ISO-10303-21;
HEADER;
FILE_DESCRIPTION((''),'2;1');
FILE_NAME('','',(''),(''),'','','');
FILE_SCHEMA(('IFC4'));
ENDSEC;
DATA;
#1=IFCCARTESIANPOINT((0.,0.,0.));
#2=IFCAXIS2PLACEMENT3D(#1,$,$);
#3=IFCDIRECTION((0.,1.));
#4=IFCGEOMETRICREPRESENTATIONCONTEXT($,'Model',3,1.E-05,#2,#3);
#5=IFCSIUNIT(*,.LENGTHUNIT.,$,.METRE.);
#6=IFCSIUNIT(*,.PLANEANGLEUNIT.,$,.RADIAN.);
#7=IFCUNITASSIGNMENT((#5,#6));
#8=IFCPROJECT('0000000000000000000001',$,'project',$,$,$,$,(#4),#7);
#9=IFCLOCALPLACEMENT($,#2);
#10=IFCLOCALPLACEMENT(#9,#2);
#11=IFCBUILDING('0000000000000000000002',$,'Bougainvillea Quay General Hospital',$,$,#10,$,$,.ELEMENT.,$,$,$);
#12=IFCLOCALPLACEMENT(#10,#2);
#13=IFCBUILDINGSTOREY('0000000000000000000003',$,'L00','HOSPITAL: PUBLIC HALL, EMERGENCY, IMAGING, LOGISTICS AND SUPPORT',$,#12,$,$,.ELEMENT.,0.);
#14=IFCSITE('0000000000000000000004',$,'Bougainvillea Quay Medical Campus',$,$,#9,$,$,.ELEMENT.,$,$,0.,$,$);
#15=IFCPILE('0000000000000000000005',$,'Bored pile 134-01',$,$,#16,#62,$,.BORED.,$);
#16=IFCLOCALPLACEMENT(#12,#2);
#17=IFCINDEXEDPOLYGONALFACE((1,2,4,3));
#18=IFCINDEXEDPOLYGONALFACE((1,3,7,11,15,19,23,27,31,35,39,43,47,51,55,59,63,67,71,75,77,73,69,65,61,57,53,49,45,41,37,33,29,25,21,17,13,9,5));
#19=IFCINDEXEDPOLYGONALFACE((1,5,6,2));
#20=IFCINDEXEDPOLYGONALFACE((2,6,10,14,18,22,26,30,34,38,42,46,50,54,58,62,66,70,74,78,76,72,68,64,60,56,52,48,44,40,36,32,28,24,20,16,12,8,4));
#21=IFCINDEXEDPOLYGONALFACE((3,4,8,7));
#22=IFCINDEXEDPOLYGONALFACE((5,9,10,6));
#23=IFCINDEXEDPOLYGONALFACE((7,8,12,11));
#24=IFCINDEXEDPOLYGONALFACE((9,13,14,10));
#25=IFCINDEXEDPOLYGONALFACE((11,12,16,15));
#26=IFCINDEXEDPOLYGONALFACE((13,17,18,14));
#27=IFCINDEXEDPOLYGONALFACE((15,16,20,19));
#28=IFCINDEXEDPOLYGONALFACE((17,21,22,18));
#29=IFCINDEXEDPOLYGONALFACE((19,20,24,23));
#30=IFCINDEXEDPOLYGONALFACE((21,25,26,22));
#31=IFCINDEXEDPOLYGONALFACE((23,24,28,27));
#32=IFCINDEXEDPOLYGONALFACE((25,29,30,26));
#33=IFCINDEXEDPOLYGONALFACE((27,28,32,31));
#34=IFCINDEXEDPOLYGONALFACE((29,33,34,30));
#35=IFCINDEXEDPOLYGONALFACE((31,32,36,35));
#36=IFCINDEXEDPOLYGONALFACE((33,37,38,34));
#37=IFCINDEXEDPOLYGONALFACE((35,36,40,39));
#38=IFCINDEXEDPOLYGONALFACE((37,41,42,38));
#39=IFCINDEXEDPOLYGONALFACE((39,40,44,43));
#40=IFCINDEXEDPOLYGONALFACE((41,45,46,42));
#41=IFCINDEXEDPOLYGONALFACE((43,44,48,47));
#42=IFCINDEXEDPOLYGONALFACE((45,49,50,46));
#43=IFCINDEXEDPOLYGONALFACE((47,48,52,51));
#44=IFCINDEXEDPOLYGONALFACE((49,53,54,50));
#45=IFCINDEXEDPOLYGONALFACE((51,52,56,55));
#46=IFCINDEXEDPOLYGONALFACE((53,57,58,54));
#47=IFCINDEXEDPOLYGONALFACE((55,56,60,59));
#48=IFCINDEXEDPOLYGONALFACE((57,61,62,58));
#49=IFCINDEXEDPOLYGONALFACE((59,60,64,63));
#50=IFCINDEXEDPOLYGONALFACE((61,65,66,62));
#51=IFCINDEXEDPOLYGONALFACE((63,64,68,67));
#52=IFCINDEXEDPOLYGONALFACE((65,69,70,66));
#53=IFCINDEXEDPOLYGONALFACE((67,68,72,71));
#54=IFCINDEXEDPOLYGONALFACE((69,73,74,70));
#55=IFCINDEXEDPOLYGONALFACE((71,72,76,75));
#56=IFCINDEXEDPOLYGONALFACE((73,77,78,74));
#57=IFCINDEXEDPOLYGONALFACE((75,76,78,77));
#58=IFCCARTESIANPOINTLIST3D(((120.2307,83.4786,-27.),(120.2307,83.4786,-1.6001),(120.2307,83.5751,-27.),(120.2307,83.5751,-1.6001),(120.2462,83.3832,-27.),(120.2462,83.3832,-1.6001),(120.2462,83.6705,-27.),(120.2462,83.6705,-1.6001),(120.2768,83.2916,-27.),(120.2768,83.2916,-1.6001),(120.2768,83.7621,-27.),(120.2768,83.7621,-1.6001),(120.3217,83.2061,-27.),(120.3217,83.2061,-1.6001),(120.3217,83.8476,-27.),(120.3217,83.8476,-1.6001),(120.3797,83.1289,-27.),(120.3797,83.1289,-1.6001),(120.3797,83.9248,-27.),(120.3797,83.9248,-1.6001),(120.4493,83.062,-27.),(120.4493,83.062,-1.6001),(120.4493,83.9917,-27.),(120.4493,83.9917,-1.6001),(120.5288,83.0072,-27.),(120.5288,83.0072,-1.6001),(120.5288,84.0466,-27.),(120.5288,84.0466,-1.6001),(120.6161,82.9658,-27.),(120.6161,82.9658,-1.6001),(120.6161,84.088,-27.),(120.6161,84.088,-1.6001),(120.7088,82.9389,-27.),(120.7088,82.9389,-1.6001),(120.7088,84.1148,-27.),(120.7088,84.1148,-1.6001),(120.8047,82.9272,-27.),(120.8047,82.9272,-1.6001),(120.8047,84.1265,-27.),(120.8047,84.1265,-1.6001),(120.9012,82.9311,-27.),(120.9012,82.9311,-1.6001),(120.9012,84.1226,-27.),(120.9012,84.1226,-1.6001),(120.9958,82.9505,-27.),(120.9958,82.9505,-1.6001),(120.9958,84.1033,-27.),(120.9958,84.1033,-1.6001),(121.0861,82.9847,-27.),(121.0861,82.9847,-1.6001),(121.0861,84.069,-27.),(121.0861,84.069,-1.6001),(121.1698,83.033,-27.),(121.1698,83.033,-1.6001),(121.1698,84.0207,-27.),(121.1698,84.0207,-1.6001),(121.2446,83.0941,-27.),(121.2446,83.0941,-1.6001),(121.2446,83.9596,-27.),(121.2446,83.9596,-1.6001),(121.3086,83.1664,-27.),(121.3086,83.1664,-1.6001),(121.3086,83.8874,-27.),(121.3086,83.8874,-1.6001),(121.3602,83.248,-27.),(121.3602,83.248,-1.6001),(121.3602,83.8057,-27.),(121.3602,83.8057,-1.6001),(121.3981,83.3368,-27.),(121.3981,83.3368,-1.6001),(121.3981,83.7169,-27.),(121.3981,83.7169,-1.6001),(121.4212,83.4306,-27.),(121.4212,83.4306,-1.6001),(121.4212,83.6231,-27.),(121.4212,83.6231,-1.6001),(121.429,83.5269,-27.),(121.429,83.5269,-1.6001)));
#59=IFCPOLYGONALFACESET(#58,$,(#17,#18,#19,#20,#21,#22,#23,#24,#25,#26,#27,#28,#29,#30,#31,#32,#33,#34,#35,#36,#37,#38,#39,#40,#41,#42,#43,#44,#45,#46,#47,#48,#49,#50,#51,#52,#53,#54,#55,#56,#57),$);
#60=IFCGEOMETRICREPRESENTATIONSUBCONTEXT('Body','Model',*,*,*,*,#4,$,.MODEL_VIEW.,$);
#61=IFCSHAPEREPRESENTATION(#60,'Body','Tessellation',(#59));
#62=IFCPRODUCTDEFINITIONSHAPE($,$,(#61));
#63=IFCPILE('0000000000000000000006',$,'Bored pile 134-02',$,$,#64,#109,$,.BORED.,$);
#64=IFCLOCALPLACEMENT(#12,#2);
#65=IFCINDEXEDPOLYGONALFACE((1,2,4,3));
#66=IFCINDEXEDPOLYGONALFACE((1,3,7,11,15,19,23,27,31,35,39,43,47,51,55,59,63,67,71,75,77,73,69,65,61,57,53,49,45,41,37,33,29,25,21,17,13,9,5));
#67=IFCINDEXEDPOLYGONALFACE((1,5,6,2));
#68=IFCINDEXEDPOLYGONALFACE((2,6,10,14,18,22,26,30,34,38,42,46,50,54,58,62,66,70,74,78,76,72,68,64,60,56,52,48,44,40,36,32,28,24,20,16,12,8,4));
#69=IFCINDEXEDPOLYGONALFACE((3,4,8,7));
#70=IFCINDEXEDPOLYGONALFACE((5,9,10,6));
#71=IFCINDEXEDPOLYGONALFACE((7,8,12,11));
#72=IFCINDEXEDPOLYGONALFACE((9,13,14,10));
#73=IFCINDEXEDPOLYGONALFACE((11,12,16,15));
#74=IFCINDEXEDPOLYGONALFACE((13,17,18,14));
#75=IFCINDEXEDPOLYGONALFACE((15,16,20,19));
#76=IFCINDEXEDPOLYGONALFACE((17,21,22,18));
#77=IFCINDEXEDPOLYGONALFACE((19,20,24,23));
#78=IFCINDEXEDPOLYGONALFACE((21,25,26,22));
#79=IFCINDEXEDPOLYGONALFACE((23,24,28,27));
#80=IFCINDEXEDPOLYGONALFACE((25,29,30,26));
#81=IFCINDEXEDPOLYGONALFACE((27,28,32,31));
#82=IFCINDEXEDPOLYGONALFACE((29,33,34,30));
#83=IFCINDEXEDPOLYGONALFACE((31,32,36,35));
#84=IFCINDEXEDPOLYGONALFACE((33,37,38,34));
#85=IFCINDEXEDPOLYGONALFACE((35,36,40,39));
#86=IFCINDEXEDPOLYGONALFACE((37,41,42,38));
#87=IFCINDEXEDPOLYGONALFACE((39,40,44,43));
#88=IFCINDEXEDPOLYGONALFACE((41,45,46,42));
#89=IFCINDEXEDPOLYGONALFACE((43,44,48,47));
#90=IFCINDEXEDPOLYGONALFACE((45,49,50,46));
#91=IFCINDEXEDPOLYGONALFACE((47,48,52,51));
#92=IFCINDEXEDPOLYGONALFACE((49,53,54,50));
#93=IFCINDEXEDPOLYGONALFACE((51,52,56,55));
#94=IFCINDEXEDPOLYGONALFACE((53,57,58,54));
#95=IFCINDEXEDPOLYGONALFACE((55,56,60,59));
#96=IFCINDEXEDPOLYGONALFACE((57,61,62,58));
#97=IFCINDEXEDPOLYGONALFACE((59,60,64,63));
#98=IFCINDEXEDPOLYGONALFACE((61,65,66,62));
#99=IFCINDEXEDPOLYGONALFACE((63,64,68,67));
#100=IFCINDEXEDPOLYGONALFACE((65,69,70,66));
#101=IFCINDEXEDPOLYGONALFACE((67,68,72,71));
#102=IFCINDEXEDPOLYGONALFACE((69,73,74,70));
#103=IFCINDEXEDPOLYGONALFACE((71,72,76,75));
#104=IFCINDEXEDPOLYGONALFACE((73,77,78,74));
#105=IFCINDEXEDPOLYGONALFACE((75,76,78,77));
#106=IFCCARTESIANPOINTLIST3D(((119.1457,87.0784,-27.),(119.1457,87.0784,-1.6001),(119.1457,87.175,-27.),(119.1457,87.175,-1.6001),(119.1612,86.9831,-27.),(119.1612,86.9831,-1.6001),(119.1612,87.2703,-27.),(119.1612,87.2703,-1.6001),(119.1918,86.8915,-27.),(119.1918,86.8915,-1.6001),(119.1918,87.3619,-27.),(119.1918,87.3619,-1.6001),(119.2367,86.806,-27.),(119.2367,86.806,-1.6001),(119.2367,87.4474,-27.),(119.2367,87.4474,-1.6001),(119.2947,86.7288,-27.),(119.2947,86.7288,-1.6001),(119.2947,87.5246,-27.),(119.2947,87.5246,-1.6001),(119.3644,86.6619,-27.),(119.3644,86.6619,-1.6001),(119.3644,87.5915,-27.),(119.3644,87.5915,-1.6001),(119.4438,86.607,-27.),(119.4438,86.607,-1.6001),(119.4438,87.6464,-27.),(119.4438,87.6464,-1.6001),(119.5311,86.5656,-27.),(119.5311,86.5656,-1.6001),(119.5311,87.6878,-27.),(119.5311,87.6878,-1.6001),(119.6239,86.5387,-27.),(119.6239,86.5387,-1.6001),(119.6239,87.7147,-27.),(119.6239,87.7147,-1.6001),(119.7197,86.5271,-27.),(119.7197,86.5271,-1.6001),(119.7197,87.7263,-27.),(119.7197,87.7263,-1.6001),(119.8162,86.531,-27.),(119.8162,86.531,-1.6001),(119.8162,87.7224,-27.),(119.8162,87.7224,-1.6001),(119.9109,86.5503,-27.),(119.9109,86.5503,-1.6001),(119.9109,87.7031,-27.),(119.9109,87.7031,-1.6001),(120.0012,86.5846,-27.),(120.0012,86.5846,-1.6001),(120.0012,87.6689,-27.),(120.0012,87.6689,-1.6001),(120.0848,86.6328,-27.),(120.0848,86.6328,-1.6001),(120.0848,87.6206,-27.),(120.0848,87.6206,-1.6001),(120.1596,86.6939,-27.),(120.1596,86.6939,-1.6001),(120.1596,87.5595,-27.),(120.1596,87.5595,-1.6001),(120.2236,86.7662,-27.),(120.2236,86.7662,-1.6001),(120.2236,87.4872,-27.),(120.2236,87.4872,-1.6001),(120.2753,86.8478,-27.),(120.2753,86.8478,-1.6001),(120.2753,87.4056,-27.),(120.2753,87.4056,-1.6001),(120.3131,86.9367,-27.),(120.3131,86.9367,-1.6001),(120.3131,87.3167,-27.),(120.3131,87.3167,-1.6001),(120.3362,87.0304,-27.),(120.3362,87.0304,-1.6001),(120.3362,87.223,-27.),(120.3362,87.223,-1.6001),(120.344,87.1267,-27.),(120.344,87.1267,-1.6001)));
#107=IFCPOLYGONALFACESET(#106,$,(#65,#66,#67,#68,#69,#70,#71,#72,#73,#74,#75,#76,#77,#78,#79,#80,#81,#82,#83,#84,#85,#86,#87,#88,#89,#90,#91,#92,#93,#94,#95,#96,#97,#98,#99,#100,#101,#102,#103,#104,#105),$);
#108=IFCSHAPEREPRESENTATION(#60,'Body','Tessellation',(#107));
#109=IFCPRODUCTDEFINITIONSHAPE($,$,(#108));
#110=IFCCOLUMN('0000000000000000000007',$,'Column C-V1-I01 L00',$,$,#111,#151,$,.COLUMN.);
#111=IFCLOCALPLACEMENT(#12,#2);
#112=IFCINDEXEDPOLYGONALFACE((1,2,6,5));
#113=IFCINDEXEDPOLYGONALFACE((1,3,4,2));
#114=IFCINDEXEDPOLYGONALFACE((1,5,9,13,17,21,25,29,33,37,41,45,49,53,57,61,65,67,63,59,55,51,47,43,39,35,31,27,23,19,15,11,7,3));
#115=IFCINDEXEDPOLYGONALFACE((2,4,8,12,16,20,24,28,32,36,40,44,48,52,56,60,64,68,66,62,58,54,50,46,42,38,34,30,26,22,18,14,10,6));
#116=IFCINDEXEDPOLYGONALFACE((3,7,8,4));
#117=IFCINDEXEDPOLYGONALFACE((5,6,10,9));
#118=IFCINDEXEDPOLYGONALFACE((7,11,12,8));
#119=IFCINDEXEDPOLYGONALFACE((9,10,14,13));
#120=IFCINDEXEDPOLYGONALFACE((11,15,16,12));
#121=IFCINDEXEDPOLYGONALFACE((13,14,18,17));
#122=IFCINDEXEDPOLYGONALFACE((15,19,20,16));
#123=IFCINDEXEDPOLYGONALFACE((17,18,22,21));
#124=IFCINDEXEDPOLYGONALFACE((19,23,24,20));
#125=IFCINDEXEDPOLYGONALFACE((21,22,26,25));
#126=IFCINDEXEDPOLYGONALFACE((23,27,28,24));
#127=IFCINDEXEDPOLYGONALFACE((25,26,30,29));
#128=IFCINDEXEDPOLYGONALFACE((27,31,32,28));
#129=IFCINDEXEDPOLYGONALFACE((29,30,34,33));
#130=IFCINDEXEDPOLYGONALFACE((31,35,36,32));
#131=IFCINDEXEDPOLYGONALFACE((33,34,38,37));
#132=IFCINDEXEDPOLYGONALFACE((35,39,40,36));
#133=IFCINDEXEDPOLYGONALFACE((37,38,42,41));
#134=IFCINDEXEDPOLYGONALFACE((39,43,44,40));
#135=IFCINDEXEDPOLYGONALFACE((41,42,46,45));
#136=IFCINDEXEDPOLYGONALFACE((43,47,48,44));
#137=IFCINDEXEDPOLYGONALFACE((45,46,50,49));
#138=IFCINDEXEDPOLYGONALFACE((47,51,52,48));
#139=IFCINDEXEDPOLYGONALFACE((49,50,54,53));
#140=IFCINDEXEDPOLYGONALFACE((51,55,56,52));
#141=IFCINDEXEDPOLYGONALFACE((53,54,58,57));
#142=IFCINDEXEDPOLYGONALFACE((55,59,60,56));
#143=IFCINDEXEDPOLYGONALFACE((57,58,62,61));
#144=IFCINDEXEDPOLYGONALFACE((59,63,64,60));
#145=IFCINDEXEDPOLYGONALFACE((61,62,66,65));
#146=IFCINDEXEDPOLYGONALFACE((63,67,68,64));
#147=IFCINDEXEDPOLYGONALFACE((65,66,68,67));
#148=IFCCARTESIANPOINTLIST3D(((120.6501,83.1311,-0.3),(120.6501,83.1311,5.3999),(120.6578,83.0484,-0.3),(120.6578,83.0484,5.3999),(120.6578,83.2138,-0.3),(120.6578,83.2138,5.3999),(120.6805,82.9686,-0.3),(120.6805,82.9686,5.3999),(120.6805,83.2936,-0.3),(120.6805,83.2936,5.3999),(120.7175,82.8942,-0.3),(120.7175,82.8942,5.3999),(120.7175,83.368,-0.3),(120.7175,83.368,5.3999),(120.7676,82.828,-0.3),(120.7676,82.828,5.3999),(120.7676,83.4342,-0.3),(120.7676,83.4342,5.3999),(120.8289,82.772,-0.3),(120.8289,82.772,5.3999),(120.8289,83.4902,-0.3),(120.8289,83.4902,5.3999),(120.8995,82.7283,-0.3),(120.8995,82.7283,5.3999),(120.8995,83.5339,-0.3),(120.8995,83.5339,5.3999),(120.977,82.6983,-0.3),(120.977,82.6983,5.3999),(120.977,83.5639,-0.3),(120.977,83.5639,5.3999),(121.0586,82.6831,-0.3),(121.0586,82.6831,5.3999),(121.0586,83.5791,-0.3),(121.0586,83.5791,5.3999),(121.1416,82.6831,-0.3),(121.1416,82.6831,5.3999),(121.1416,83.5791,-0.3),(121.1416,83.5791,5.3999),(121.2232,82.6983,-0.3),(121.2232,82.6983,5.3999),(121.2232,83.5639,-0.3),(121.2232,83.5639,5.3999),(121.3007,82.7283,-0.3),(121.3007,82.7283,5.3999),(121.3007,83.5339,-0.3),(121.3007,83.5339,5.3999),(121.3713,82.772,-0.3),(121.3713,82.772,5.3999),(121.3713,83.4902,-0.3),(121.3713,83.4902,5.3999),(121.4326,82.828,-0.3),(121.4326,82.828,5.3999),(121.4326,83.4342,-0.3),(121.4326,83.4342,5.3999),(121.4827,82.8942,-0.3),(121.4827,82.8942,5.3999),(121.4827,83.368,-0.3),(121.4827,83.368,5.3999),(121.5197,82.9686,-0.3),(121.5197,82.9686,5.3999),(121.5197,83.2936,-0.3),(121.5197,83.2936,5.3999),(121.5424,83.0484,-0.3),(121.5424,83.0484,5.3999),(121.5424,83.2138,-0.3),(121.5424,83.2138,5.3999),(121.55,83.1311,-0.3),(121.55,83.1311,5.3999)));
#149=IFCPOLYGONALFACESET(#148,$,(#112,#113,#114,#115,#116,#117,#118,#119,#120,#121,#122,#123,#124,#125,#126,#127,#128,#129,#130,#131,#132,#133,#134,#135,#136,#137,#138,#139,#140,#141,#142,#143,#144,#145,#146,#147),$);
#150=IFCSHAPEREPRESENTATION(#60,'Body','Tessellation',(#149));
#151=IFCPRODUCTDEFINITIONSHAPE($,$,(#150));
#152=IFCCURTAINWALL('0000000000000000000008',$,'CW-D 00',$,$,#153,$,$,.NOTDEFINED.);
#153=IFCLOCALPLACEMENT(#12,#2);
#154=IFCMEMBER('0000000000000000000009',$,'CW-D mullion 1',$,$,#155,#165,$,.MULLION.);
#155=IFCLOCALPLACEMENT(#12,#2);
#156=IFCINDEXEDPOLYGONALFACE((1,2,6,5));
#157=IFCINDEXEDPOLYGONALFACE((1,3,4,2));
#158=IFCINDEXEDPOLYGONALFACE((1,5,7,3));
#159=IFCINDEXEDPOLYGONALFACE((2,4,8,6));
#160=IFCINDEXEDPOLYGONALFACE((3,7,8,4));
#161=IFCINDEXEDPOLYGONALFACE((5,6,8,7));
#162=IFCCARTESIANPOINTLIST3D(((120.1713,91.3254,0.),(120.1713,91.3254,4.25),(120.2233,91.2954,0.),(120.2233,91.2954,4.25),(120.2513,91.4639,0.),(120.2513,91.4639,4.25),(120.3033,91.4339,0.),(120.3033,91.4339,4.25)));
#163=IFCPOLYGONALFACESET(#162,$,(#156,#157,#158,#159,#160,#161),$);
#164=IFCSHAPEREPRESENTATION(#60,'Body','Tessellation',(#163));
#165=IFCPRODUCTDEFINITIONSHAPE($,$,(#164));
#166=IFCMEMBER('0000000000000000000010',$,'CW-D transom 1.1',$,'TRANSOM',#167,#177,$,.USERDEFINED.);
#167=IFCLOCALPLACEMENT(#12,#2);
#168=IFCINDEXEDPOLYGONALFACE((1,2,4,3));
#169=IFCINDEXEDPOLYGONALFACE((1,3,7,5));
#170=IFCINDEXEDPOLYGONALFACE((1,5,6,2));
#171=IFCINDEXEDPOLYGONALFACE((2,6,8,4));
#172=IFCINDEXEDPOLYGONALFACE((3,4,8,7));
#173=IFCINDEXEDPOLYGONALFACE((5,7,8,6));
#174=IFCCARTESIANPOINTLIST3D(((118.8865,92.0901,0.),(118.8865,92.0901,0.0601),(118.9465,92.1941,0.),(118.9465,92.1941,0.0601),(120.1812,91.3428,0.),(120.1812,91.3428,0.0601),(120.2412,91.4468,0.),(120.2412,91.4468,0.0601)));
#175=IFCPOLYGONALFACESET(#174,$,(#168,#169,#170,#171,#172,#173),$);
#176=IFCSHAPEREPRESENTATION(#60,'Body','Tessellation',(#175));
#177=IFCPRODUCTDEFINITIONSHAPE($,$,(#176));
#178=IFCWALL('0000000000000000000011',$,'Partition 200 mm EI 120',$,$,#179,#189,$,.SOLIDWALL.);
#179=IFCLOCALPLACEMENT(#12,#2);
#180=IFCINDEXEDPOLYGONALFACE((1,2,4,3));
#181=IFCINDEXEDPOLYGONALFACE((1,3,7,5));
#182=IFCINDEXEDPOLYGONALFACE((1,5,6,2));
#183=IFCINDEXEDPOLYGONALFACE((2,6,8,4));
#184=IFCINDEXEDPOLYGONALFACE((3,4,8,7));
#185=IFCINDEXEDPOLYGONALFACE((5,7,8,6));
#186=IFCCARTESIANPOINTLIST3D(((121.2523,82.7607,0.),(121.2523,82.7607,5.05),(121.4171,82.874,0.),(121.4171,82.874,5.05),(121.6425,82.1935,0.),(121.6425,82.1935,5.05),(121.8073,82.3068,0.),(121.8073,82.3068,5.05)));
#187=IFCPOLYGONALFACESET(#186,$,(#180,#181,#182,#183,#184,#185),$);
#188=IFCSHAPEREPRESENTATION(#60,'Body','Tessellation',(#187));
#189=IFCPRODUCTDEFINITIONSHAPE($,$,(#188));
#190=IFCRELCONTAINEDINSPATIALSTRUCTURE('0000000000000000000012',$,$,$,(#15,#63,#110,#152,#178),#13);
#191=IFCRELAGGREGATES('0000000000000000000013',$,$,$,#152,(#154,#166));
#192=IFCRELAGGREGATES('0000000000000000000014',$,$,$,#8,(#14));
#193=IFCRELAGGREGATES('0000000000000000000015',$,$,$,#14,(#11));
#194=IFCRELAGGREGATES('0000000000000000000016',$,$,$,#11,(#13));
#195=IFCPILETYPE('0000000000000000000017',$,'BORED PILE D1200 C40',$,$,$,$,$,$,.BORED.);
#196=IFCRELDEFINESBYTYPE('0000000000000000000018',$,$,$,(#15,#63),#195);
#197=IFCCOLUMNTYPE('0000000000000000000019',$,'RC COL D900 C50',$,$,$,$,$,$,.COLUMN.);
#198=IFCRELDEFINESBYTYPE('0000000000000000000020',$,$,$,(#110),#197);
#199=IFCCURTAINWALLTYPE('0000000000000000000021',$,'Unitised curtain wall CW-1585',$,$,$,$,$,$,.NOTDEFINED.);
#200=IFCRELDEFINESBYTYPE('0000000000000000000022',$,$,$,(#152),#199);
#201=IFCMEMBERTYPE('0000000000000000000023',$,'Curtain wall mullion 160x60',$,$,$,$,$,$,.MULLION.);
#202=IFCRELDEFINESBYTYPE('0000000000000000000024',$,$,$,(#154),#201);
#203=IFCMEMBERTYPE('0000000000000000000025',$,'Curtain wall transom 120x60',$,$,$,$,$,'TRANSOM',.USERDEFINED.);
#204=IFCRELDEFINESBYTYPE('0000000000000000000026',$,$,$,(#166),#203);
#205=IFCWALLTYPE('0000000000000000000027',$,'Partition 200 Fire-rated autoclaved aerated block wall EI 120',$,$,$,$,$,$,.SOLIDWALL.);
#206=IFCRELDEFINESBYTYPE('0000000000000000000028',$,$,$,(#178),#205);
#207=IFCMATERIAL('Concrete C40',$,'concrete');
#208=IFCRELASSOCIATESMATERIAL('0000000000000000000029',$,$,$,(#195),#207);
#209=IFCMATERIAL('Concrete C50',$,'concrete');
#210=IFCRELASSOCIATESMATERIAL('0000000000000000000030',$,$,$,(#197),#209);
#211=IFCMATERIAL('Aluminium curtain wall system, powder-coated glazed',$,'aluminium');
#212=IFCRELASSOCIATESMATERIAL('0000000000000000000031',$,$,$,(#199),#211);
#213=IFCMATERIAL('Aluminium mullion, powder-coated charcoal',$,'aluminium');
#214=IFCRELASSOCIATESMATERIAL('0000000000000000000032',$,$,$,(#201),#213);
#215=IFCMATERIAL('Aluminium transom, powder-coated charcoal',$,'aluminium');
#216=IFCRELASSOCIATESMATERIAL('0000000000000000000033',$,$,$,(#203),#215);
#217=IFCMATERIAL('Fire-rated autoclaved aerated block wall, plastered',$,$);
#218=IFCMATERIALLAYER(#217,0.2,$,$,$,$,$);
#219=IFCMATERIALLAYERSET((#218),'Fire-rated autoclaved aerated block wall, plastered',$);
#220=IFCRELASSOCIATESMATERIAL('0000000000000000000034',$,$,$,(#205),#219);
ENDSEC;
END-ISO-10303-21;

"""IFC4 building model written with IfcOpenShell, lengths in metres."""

from ifc_helpers import new_model, si_unit, direction, frame, frame_2d, origin, origin_2d, place, context, subcontext, project, spatial, rectangle, circle, extrude, material, layer, layer_set, material_profile, profile_set, type_object, element, aggregate, save


model = new_model("IFC4")

# Units and contexts
model_context = context("Model", 3, precision=1e-05, world=origin(), true_north=direction((0.0, 1.0)))
body_context = subcontext(model_context, "Body", "Model", "MODEL_VIEW")
ifc_project = project(units=[si_unit("LENGTHUNIT", "METRE"), si_unit("PLANEANGLEUNIT", "RADIAN")], contexts=[model_context])

# Site, building, storey
site_placement = place(None, origin())
site = spatial("IfcSite", under=ifc_project, at=site_placement, Name="Bougainvillea Quay Medical Campus", CompositionType="ELEMENT", RefElevation=0.0)
building_placement = place(site_placement, origin())
building = spatial("IfcBuilding", under=site, at=building_placement, Name="Bougainvillea Quay General Hospital", CompositionType="ELEMENT")
storey_placement = place(building_placement, origin())
storey = spatial("IfcBuildingStorey", under=building, at=storey_placement, Name="L00", Description="HOSPITAL: PUBLIC HALL, EMERGENCY, IMAGING, LOGISTICS AND SUPPORT", CompositionType="ELEMENT", Elevation=0.0)

# Piles
ifc_material_1 = material(Name="Concrete C40", Category="concrete")
ifc_material_profile_1 = material_profile(ifc_material_1, circle(Radius=0.6001, at=origin_2d()))
ifc_profile_set_1 = profile_set([ifc_material_profile_1], Name="Concrete C40")
pile_type = type_object("IfcPileType", Name="BORED PILE D1200 C40", PredefinedType="BORED", material=ifc_profile_set_1)
for number, where, z_axis, x_axis, name in (
    (1, (120.8289, 83.5269, -1.6001), (0.0, 0.0, -1.0), (1.0, 0.0, 0.0), "Bored pile 134-01"),
    (2, (119.7439, 87.1267, -1.6001), (0.0, 0.0, -1.0), (1.0, 0.0, 0.0), "Bored pile 134-02"),
):
    element("IfcPile", number, at=place(storey_placement, frame(where, z_axis=z_axis, x_axis=x_axis)), inside=storey, type_object=pile_type, Name=name, PredefinedType="BORED", context=body_context, shape_type="SweptSolid", body=[
        extrude(circle(Radius=0.6001, at=origin_2d()), origin(), (0.0, 0.0, 1.0), 25.3999),
    ])

# Column
ifc_material_2 = material(Name="Concrete C50", Category="concrete")
ifc_material_profile_2 = material_profile(ifc_material_2, circle(Radius=0.45, at=origin_2d()))
ifc_profile_set_2 = profile_set([ifc_material_profile_2], Name="Concrete C50")
column_type = type_object("IfcColumnType", Name="RC COL D900 C50", PredefinedType="COLUMN", material=ifc_profile_set_2)
column_placement = place(storey_placement, frame((121.1001, 83.1311, -0.3), z_axis=(0.0, 0.0, 1.0), x_axis=(1.0, 0.0, 0.0)))
element("IfcColumn", 3, at=column_placement, inside=storey, type_object=column_type, Name="Column C-V1-I01 L00", PredefinedType="COLUMN", context=body_context, shape_type="SweptSolid", body=[
    extrude(circle(Radius=0.45, at=origin_2d()), origin(), (0.0, 0.0, 1.0), 5.7),
])

# Curtain wall, members
ifc_material_3 = material(Name="Aluminium curtain wall system, powder-coated glazed", Category="aluminium")
curtain_wall_type = type_object("IfcCurtainWallType", Name="Unitised curtain wall CW-1585", PredefinedType="NOTDEFINED", material=ifc_material_3)
curtain_wall_placement = place(storey_placement, origin())
curtain_wall = element("IfcCurtainWall", 4, at=curtain_wall_placement, inside=storey, type_object=curtain_wall_type, Name="CW-D 00", PredefinedType="NOTDEFINED")
ifc_material_4 = material(Name="Aluminium mullion, powder-coated charcoal", Category="aluminium")
ifc_material_profile_3 = material_profile(ifc_material_4, rectangle(XDim=0.1599, YDim=0.0601, at=origin_2d()))
ifc_profile_set_3 = profile_set([ifc_material_profile_3], Name="Aluminium mullion, powder-coated charcoal")
member_type_1 = type_object("IfcMemberType", Name="Curtain wall mullion 160x60", PredefinedType="MULLION", material=ifc_profile_set_3)
member_1_placement = place(storey_placement, frame((120.2373, 91.3796, 0.0), z_axis=(0.0, 0.0, 1.0), x_axis=(-0.499965, -0.866046, 0.0)))
member_1 = element("IfcMember", 5, at=member_1_placement, type_object=member_type_1, Name="CW-D mullion 1", PredefinedType="MULLION", context=body_context, shape_type="SweptSolid", body=[
    extrude(rectangle(XDim=0.1599, YDim=0.0601, at=origin_2d()), origin(), (0.0, 0.0, 1.0), 4.25),
])
ifc_material_5 = material(Name="Aluminium transom, powder-coated charcoal", Category="aluminium")
ifc_material_profile_4 = material_profile(ifc_material_5, rectangle(XDim=0.1201, YDim=0.0601, at=origin_2d()))
ifc_profile_set_4 = profile_set([ifc_material_profile_4], Name="Aluminium transom, powder-coated charcoal")
member_type_2 = type_object("IfcMemberType", Name="Curtain wall transom 120x60", ElementType="TRANSOM", PredefinedType="USERDEFINED", material=ifc_profile_set_4)
member_2_placement = place(storey_placement, frame((120.2112, 91.3948, 0.03), z_axis=(-0.866074, 0.499916, 0.0), x_axis=(-0.499916, -0.866074, 0.0)))
member_2 = element("IfcMember", 6, at=member_2_placement, type_object=member_type_2, Name="CW-D transom 1.1", ObjectType="TRANSOM", PredefinedType="USERDEFINED", context=body_context, shape_type="SweptSolid", body=[
    extrude(rectangle(XDim=0.1201, YDim=0.0601, at=origin_2d()), origin(), (0.0, 0.0, 1.0), 1.4949),
])
aggregate(curtain_wall, [member_1, member_2])

# Wall
ifc_material_6 = material(Name="Fire-rated autoclaved aerated block wall, plastered")
ifc_layer_1 = layer(ifc_material_6, 0.2)
ifc_layer_set_1 = layer_set([ifc_layer_1], Name="Fire-rated autoclaved aerated block wall, plastered")
wall_type_1 = type_object("IfcWallType", Name="Partition 200 Fire-rated autoclaved aerated block wall EI 120", PredefinedType="SOLIDWALL", material=ifc_layer_set_1)
wall_1_placement = place(storey_placement, frame((121.3347, 82.8174, 0.0), z_axis=(0.0, 0.0, 1.0), x_axis=(0.566755, -0.823887, 0.0)))
element("IfcWall", 7, at=wall_1_placement, inside=storey, type_object=wall_type_1, Name="Partition 200 mm EI 120", PredefinedType="SOLIDWALL", context=body_context, shape_type="SweptSolid", body=[
    extrude(rectangle(XDim=0.6885, YDim=0.2, at=frame_2d((0.3442, 0.0))), origin(), (0.0, 0.0, 1.0), 5.05),
])

save(model, "model.ifc")
